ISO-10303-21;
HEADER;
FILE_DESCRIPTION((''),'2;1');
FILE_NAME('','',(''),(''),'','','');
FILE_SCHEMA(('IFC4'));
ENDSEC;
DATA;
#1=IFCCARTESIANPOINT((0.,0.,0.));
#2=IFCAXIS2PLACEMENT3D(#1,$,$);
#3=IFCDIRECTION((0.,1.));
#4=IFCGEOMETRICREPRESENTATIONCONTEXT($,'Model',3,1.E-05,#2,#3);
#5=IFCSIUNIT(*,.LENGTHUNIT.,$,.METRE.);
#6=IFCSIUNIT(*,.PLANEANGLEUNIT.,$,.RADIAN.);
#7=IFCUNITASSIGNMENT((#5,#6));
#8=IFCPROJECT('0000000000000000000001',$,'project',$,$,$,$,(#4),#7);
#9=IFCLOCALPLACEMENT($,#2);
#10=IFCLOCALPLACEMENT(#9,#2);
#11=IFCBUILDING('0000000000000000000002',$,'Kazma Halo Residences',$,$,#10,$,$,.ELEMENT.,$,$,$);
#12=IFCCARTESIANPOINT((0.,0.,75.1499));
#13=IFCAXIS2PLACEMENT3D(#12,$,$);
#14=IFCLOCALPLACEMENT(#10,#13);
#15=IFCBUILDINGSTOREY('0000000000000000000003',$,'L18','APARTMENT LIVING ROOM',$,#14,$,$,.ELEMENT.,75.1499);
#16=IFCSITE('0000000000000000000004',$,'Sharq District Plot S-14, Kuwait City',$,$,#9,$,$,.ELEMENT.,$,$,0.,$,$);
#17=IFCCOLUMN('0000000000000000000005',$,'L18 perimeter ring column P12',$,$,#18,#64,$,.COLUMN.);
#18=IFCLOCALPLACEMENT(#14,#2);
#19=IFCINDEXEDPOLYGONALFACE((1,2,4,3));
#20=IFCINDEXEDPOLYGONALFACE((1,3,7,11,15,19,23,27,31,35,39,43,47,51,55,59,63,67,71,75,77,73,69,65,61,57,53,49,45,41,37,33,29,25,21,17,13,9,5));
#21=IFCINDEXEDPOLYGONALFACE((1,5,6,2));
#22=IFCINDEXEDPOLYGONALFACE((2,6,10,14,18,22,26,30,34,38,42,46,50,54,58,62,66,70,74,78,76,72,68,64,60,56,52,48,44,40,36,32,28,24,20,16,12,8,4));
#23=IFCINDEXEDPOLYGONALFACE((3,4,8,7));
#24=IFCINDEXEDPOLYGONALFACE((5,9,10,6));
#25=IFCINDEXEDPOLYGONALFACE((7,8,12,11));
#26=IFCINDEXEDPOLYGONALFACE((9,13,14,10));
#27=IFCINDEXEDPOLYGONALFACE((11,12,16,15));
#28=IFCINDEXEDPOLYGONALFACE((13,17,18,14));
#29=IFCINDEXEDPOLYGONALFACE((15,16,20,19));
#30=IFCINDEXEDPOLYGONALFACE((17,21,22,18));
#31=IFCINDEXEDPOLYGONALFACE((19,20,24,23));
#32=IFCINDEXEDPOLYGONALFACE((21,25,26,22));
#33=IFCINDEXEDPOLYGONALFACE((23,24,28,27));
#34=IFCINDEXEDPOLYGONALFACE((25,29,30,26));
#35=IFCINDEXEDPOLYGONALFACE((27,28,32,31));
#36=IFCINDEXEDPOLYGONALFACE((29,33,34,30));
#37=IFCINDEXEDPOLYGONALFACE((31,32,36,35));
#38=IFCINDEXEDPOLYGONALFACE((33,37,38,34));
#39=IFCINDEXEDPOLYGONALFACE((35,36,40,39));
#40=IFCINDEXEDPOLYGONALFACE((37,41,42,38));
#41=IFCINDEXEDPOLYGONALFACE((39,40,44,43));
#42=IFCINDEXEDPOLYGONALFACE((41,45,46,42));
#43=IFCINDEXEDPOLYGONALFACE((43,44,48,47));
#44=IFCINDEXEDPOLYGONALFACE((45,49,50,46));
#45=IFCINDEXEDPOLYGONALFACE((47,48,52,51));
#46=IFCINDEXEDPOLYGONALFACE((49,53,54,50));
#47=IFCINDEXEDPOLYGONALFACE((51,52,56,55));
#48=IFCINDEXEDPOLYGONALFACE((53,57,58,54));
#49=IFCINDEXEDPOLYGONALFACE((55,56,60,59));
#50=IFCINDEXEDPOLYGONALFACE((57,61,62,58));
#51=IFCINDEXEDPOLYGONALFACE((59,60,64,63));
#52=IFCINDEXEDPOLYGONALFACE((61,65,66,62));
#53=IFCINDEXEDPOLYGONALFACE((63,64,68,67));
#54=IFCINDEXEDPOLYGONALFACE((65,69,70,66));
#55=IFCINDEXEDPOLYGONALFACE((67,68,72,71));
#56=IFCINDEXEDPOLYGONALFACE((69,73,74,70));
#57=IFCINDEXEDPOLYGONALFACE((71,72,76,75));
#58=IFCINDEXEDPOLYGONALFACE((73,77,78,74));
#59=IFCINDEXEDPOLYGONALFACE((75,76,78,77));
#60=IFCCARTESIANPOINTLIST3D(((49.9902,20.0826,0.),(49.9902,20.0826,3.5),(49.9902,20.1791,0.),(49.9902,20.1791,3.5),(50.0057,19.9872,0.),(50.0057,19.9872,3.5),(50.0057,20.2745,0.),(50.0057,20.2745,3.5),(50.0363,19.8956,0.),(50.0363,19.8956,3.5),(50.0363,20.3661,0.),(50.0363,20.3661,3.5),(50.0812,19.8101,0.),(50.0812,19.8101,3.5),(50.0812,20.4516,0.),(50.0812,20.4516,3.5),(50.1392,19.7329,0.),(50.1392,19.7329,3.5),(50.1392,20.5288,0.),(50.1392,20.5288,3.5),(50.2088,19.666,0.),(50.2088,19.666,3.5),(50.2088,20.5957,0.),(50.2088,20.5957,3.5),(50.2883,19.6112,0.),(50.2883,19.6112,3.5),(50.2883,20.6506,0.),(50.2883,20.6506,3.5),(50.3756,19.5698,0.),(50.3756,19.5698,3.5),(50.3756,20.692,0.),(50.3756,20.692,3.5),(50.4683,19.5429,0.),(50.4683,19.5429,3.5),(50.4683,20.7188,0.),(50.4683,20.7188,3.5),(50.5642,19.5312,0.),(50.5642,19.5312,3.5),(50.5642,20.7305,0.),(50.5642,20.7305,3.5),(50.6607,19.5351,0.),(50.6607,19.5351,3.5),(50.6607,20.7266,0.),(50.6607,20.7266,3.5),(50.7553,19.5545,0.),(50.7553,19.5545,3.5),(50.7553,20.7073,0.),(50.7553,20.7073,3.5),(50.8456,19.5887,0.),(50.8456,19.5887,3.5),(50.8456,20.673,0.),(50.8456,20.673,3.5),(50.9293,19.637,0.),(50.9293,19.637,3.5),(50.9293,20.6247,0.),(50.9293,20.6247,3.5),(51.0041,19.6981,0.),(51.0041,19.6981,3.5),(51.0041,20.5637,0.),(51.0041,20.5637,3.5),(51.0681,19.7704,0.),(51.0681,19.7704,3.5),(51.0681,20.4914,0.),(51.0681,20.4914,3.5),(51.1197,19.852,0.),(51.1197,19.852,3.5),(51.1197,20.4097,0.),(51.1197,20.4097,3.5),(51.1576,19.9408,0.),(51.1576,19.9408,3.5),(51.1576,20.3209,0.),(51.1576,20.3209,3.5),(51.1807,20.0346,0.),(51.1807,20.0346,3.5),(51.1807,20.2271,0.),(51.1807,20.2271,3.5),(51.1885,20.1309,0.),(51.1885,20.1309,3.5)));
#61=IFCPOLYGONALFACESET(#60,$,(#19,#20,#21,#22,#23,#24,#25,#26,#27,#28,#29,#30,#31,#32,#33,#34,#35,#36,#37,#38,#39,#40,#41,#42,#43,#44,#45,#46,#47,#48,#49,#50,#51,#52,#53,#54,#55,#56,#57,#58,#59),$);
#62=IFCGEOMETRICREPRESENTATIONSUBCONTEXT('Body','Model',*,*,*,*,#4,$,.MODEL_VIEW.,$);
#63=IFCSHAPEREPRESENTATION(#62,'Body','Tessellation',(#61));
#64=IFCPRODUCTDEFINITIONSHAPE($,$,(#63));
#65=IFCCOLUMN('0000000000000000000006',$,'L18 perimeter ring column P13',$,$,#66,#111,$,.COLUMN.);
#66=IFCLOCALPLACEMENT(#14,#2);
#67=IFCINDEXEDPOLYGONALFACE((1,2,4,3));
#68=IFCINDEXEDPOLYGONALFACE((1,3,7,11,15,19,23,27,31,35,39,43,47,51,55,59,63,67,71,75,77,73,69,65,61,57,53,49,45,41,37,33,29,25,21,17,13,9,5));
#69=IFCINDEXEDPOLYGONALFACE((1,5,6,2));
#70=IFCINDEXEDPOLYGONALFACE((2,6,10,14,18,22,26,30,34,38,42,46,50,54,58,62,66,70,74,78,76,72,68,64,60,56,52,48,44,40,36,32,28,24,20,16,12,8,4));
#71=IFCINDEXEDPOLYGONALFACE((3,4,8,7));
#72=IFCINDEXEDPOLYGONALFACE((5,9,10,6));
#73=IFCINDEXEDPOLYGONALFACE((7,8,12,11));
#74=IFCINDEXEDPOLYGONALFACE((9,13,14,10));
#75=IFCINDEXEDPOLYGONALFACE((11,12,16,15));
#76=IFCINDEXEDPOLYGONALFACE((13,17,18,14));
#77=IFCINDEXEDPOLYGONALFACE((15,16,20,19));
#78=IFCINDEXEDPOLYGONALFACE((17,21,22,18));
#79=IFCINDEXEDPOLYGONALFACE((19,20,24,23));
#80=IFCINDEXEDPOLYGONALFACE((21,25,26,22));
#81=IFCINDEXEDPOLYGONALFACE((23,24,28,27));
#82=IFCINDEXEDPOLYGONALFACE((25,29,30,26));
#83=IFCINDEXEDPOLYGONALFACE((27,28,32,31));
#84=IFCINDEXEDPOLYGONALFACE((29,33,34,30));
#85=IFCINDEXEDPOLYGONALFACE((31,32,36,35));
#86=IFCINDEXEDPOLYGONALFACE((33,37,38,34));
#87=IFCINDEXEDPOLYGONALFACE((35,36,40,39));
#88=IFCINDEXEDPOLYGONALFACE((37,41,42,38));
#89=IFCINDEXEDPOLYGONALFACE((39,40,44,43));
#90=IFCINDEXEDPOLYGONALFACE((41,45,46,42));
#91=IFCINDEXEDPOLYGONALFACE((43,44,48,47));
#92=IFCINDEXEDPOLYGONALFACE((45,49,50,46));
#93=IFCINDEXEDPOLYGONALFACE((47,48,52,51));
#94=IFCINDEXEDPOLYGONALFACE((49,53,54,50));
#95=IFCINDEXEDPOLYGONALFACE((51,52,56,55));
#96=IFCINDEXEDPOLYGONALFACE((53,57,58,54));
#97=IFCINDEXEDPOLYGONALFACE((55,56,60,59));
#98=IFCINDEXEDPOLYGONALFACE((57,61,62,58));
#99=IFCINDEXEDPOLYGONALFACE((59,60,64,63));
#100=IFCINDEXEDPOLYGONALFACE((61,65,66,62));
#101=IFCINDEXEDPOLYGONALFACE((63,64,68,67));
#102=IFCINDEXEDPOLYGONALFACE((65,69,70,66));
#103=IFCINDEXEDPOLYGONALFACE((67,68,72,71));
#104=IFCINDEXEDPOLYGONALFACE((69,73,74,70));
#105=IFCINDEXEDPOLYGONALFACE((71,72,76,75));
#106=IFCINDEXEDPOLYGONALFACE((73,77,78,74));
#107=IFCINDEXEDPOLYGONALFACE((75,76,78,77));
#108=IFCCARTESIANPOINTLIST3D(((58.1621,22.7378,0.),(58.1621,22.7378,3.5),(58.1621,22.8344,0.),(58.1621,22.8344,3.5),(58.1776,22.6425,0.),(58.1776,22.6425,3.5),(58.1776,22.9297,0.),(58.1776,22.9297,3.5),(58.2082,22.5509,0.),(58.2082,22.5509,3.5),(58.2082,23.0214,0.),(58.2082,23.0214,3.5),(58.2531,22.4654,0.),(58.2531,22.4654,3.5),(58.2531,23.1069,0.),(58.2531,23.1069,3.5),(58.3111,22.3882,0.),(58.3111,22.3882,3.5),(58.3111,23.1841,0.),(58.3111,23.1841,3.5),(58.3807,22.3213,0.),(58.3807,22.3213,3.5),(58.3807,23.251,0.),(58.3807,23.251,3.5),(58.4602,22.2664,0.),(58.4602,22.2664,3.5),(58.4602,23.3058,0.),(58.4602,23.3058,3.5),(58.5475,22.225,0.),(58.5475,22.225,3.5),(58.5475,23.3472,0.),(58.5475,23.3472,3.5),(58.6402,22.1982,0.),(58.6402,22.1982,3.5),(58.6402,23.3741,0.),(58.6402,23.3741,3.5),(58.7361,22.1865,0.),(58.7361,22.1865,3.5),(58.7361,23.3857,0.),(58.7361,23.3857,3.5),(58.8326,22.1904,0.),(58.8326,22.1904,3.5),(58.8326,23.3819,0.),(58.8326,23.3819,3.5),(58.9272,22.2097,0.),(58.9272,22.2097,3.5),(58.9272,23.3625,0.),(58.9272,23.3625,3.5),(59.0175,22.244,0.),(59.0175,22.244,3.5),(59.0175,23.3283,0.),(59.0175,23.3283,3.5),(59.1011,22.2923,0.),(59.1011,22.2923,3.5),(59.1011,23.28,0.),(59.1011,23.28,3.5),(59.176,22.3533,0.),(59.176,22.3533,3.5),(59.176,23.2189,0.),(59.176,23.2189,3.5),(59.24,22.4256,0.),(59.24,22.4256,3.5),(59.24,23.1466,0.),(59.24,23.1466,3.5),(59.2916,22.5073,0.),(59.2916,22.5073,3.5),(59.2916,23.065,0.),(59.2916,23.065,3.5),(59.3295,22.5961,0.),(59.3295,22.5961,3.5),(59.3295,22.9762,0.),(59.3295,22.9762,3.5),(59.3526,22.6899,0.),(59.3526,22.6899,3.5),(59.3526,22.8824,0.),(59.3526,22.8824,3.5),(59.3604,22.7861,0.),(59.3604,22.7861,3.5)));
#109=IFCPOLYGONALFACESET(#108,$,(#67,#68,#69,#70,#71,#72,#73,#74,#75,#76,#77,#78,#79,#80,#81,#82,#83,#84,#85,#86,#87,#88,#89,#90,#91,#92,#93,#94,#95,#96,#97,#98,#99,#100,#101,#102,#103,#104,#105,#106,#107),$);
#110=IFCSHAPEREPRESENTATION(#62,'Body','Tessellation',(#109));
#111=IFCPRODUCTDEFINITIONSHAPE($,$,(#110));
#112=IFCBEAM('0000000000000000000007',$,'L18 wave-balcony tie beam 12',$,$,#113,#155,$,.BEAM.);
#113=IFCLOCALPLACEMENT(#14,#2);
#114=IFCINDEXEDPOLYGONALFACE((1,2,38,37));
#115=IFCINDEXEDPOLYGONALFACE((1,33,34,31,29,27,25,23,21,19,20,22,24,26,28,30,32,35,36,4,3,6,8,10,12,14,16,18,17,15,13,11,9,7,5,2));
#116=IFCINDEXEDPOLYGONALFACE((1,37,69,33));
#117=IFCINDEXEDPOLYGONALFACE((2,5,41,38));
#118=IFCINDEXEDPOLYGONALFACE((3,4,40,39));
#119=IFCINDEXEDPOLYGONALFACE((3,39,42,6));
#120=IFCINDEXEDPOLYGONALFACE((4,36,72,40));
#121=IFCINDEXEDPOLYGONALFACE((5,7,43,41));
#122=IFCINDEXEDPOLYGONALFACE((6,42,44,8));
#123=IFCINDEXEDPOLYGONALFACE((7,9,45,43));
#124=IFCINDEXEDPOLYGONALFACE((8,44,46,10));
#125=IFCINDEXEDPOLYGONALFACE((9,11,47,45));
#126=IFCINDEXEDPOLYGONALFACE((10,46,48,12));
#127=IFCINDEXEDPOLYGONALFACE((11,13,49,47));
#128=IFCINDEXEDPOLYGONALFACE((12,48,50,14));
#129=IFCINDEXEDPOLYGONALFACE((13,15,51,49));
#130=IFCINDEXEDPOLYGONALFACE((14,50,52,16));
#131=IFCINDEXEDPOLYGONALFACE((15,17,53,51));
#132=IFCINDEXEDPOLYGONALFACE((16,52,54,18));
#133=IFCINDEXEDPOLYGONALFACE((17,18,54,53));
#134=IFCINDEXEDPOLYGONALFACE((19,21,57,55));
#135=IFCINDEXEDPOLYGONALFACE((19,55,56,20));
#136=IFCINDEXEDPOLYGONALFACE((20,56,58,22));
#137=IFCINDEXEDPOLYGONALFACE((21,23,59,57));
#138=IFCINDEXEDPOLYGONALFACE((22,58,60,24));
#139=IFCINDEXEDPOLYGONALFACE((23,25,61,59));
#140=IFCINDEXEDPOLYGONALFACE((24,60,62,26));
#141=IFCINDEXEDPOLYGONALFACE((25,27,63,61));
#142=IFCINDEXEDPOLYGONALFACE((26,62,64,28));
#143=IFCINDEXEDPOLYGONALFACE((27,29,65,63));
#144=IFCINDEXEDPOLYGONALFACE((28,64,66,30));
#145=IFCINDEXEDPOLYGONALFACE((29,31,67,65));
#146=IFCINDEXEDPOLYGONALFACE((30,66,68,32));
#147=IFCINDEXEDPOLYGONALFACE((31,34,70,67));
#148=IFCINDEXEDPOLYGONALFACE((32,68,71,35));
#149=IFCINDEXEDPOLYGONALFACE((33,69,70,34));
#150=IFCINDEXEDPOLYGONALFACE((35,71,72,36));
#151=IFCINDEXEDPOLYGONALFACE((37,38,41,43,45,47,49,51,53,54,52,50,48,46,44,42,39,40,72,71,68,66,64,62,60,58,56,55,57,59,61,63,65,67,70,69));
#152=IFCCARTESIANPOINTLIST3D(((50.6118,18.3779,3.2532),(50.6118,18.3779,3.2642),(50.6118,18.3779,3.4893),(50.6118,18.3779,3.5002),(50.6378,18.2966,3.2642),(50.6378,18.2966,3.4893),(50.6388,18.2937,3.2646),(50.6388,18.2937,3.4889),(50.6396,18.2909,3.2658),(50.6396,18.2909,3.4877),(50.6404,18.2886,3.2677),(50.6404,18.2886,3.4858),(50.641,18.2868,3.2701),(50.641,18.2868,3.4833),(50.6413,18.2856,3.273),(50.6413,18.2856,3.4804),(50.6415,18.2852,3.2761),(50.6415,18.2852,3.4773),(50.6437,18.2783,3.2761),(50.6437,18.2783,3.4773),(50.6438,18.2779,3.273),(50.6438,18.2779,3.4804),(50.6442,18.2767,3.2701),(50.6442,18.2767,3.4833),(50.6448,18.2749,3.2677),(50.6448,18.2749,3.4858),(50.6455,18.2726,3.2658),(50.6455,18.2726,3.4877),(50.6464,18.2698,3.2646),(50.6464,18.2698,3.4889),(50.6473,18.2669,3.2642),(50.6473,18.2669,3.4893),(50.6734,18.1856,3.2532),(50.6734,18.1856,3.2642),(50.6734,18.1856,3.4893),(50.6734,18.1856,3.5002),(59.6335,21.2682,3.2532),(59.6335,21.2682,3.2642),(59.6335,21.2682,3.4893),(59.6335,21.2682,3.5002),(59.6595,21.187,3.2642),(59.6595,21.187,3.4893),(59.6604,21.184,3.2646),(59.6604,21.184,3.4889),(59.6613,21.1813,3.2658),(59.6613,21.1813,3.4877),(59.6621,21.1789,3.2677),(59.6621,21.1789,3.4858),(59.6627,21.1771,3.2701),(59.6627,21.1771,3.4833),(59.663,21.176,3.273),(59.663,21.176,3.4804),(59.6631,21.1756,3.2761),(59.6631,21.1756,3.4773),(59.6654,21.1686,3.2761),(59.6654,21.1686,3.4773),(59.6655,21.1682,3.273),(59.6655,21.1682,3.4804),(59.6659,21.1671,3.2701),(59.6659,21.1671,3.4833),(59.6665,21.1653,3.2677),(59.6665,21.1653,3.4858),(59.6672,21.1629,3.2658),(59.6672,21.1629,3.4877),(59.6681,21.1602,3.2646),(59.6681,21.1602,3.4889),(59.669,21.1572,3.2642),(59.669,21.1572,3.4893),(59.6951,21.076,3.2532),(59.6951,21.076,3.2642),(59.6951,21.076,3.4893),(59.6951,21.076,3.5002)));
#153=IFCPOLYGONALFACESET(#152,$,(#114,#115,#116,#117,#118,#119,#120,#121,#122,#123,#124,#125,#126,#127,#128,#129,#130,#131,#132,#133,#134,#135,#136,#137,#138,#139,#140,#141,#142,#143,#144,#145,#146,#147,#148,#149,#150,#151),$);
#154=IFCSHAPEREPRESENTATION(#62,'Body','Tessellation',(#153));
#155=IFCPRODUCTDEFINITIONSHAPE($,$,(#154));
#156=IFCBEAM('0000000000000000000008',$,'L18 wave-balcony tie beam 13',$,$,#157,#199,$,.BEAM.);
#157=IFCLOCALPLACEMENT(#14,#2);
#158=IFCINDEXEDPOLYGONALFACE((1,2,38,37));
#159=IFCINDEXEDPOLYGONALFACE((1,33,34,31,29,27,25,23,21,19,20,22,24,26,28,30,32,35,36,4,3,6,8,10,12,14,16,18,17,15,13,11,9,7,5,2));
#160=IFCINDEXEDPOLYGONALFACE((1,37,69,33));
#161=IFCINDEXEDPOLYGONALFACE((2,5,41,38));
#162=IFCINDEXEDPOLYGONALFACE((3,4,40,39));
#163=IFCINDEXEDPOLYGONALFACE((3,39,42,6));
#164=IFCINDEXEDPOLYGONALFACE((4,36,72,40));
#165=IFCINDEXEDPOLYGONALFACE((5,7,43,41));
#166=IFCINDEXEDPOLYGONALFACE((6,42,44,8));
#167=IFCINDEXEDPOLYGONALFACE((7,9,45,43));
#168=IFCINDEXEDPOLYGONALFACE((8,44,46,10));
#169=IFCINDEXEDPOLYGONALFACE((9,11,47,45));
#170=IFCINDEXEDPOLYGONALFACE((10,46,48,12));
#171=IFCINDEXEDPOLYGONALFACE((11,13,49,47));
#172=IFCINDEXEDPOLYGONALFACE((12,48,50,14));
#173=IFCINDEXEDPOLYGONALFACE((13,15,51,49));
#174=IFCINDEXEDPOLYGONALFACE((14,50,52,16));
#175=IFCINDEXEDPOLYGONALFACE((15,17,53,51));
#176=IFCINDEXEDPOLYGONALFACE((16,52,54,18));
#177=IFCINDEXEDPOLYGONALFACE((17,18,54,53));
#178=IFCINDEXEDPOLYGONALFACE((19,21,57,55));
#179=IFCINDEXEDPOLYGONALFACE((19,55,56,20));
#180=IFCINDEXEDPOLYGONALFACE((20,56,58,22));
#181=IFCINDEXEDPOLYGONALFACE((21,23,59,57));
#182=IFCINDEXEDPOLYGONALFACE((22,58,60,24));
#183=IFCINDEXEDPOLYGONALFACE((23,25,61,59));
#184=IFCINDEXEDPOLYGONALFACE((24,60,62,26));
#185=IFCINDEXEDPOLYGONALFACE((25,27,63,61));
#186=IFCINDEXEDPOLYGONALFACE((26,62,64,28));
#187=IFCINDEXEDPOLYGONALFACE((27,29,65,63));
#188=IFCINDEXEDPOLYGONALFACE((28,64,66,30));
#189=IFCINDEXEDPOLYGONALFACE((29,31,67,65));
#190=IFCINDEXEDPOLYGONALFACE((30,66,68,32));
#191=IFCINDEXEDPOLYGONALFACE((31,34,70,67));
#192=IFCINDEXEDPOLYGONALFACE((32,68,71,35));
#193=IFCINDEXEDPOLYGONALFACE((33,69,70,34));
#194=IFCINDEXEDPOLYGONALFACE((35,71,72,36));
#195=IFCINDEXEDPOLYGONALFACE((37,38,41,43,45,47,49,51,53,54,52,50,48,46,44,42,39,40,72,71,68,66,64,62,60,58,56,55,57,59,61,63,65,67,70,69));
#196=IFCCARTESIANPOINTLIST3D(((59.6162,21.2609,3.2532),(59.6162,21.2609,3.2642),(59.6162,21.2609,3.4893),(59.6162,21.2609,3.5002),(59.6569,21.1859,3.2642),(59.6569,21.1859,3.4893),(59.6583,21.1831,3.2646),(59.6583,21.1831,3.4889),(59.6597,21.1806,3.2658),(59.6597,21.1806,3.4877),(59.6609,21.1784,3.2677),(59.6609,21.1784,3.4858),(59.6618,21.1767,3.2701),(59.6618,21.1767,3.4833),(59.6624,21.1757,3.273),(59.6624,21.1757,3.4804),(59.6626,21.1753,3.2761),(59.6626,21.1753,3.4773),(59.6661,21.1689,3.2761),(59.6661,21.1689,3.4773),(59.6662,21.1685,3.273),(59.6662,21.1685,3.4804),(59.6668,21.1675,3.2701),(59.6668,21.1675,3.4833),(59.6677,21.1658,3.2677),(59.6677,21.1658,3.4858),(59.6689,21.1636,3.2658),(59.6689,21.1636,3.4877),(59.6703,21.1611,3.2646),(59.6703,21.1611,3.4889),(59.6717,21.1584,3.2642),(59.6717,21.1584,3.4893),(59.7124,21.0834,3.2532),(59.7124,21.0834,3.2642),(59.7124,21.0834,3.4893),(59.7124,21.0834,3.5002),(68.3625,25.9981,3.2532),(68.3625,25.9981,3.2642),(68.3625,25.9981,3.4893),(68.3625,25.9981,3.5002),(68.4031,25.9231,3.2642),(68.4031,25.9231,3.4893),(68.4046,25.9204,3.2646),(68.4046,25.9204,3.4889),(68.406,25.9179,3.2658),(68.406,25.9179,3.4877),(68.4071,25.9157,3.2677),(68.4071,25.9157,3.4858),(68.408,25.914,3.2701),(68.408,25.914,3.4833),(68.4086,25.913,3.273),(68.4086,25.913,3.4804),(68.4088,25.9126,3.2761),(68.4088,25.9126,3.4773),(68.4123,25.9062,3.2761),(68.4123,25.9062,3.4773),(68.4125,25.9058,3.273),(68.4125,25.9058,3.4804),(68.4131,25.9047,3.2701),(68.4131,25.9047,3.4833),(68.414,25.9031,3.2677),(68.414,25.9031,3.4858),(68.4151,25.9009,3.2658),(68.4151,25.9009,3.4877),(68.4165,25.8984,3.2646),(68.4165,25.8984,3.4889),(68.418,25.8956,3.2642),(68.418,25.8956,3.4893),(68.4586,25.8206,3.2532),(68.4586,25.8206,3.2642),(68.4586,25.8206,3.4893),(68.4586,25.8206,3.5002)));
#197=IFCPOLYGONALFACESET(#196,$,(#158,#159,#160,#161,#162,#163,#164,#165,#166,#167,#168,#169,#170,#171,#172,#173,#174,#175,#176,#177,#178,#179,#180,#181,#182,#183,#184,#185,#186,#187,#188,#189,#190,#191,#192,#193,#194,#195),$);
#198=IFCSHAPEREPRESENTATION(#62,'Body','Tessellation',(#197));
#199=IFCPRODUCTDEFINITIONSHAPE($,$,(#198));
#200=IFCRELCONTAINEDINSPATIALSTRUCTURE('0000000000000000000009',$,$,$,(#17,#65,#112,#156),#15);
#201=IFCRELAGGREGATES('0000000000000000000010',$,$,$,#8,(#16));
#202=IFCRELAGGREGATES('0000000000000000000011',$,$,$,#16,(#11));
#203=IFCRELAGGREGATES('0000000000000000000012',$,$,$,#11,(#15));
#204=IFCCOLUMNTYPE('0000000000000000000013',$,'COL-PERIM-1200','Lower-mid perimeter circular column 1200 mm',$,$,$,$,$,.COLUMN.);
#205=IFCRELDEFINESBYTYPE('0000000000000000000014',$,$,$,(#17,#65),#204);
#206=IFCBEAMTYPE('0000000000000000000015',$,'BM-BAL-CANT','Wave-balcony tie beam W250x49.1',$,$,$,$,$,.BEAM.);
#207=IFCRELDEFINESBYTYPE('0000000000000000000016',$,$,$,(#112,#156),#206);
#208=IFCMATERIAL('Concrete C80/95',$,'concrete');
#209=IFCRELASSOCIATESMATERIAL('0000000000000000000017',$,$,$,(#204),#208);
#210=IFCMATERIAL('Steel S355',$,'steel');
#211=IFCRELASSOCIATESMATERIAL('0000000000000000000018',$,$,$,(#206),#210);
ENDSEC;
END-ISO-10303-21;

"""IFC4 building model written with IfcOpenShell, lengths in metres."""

from ifc_helpers import new_model, si_unit, direction, frame, origin, origin_2d, place, context, subcontext, project, spatial, circle, i_section, extrude, material, material_profile, profile_set, type_object, element, save


model = new_model("IFC4")

# Units and contexts
model_context = context("Model", 3, precision=1e-05, world=origin(), true_north=direction((0.0, 1.0)))
body_context = subcontext(model_context, "Body", "Model", "MODEL_VIEW")
ifc_project = project(units=[si_unit("LENGTHUNIT", "METRE"), si_unit("PLANEANGLEUNIT", "RADIAN")], contexts=[model_context])

# Site, building, storey
site_placement = place(None, origin())
site = spatial("IfcSite", under=ifc_project, at=site_placement, Name="Sharq District Plot S-14, Kuwait City", CompositionType="ELEMENT", RefElevation=0.0)
building_placement = place(site_placement, origin())
building = spatial("IfcBuilding", under=site, at=building_placement, Name="Kazma Halo Residences", CompositionType="ELEMENT")
storey_placement = place(building_placement, frame((0.0, 0.0, 75.1499)))
storey = spatial("IfcBuildingStorey", under=building, at=storey_placement, Name="L18", Description="APARTMENT LIVING ROOM", CompositionType="ELEMENT", Elevation=75.1499)

# Columns
ifc_material_1 = material(Name="Concrete C80/95", Category="concrete")
ifc_material_profile_1 = material_profile(ifc_material_1, circle(Radius=0.6001, at=origin_2d()), Name="CIRC1200")
ifc_profile_set_1 = profile_set([ifc_material_profile_1], Name="Concrete C80/95")
column_type = type_object("IfcColumnType", Name="COL-PERIM-1200", Description="Lower-mid perimeter circular column 1200 mm", PredefinedType="COLUMN", material=ifc_profile_set_1)
for number, where, z_axis, x_axis, name in (
    (1, (50.5884, 20.1309, 0.0), (0.0, 0.0, 1.0), (1.0, 0.0, 0.0), "L18 perimeter ring column P12"),
    (2, (58.7603, 22.7861, 0.0), (0.0, 0.0, 1.0), (1.0, 0.0, 0.0), "L18 perimeter ring column P13"),
):
    element("IfcColumn", number, at=place(storey_placement, frame(where, z_axis=z_axis, x_axis=x_axis)), inside=storey, type_object=column_type, Name=name, PredefinedType="COLUMN", context=body_context, shape_type="SweptSolid", body=[
        extrude(circle(Radius=0.6001, at=origin_2d()), origin(), (0.0, 0.0, 1.0), 3.5),
    ])

# Beams
ifc_material_2 = material(Name="Steel S355", Category="steel")
ifc_material_profile_2 = material_profile(ifc_material_2, i_section(OverallWidth=0.2019, OverallDepth=0.2471, WebThickness=0.0073, FlangeThickness=0.011, FilletRadius=0.012, at=origin_2d()), Name="W250x49.1")
ifc_profile_set_2 = profile_set([ifc_material_profile_2], Name="Steel S355")
beam_type_1 = type_object("IfcBeamType", Name="BM-BAL-CANT", Description="Wave-balcony tie beam W250x49.1", PredefinedType="BEAM", material=ifc_profile_set_2)
beam_1_placement = place(storey_placement, frame((50.6426, 18.2817, 3.3767), z_axis=(0.952319, 0.305104, 0.0), x_axis=(-0.305104, 0.952319, 0.0)))
element("IfcBeam", 3, at=beam_1_placement, inside=storey, type_object=beam_type_1, Name="L18 wave-balcony tie beam 12", PredefinedType="BEAM", context=body_context, shape_type="SweptSolid", body=[
    extrude(i_section(OverallWidth=0.2019, OverallDepth=0.2471, WebThickness=0.0073, FlangeThickness=0.011, FilletRadius=0.012, at=origin_2d()), origin(), (0.0, 0.0, 1.0), 9.4734),
])
beam_2_placement = place(storey_placement, frame((59.6643, 21.1721, 3.3767), z_axis=(0.879304, 0.47626, 0.0), x_axis=(-0.47626, 0.879304, 0.0)))
element("IfcBeam", 4, at=beam_2_placement, inside=storey, type_object=beam_type_1, Name="L18 wave-balcony tie beam 13", PredefinedType="BEAM", context=body_context, shape_type="SweptSolid", body=[
    extrude(i_section(OverallWidth=0.2019, OverallDepth=0.2471, WebThickness=0.0073, FlangeThickness=0.011, FilletRadius=0.012, at=origin_2d()), origin(), (0.0, 0.0, 1.0), 9.9468),
])

save(model, "model.ifc")
